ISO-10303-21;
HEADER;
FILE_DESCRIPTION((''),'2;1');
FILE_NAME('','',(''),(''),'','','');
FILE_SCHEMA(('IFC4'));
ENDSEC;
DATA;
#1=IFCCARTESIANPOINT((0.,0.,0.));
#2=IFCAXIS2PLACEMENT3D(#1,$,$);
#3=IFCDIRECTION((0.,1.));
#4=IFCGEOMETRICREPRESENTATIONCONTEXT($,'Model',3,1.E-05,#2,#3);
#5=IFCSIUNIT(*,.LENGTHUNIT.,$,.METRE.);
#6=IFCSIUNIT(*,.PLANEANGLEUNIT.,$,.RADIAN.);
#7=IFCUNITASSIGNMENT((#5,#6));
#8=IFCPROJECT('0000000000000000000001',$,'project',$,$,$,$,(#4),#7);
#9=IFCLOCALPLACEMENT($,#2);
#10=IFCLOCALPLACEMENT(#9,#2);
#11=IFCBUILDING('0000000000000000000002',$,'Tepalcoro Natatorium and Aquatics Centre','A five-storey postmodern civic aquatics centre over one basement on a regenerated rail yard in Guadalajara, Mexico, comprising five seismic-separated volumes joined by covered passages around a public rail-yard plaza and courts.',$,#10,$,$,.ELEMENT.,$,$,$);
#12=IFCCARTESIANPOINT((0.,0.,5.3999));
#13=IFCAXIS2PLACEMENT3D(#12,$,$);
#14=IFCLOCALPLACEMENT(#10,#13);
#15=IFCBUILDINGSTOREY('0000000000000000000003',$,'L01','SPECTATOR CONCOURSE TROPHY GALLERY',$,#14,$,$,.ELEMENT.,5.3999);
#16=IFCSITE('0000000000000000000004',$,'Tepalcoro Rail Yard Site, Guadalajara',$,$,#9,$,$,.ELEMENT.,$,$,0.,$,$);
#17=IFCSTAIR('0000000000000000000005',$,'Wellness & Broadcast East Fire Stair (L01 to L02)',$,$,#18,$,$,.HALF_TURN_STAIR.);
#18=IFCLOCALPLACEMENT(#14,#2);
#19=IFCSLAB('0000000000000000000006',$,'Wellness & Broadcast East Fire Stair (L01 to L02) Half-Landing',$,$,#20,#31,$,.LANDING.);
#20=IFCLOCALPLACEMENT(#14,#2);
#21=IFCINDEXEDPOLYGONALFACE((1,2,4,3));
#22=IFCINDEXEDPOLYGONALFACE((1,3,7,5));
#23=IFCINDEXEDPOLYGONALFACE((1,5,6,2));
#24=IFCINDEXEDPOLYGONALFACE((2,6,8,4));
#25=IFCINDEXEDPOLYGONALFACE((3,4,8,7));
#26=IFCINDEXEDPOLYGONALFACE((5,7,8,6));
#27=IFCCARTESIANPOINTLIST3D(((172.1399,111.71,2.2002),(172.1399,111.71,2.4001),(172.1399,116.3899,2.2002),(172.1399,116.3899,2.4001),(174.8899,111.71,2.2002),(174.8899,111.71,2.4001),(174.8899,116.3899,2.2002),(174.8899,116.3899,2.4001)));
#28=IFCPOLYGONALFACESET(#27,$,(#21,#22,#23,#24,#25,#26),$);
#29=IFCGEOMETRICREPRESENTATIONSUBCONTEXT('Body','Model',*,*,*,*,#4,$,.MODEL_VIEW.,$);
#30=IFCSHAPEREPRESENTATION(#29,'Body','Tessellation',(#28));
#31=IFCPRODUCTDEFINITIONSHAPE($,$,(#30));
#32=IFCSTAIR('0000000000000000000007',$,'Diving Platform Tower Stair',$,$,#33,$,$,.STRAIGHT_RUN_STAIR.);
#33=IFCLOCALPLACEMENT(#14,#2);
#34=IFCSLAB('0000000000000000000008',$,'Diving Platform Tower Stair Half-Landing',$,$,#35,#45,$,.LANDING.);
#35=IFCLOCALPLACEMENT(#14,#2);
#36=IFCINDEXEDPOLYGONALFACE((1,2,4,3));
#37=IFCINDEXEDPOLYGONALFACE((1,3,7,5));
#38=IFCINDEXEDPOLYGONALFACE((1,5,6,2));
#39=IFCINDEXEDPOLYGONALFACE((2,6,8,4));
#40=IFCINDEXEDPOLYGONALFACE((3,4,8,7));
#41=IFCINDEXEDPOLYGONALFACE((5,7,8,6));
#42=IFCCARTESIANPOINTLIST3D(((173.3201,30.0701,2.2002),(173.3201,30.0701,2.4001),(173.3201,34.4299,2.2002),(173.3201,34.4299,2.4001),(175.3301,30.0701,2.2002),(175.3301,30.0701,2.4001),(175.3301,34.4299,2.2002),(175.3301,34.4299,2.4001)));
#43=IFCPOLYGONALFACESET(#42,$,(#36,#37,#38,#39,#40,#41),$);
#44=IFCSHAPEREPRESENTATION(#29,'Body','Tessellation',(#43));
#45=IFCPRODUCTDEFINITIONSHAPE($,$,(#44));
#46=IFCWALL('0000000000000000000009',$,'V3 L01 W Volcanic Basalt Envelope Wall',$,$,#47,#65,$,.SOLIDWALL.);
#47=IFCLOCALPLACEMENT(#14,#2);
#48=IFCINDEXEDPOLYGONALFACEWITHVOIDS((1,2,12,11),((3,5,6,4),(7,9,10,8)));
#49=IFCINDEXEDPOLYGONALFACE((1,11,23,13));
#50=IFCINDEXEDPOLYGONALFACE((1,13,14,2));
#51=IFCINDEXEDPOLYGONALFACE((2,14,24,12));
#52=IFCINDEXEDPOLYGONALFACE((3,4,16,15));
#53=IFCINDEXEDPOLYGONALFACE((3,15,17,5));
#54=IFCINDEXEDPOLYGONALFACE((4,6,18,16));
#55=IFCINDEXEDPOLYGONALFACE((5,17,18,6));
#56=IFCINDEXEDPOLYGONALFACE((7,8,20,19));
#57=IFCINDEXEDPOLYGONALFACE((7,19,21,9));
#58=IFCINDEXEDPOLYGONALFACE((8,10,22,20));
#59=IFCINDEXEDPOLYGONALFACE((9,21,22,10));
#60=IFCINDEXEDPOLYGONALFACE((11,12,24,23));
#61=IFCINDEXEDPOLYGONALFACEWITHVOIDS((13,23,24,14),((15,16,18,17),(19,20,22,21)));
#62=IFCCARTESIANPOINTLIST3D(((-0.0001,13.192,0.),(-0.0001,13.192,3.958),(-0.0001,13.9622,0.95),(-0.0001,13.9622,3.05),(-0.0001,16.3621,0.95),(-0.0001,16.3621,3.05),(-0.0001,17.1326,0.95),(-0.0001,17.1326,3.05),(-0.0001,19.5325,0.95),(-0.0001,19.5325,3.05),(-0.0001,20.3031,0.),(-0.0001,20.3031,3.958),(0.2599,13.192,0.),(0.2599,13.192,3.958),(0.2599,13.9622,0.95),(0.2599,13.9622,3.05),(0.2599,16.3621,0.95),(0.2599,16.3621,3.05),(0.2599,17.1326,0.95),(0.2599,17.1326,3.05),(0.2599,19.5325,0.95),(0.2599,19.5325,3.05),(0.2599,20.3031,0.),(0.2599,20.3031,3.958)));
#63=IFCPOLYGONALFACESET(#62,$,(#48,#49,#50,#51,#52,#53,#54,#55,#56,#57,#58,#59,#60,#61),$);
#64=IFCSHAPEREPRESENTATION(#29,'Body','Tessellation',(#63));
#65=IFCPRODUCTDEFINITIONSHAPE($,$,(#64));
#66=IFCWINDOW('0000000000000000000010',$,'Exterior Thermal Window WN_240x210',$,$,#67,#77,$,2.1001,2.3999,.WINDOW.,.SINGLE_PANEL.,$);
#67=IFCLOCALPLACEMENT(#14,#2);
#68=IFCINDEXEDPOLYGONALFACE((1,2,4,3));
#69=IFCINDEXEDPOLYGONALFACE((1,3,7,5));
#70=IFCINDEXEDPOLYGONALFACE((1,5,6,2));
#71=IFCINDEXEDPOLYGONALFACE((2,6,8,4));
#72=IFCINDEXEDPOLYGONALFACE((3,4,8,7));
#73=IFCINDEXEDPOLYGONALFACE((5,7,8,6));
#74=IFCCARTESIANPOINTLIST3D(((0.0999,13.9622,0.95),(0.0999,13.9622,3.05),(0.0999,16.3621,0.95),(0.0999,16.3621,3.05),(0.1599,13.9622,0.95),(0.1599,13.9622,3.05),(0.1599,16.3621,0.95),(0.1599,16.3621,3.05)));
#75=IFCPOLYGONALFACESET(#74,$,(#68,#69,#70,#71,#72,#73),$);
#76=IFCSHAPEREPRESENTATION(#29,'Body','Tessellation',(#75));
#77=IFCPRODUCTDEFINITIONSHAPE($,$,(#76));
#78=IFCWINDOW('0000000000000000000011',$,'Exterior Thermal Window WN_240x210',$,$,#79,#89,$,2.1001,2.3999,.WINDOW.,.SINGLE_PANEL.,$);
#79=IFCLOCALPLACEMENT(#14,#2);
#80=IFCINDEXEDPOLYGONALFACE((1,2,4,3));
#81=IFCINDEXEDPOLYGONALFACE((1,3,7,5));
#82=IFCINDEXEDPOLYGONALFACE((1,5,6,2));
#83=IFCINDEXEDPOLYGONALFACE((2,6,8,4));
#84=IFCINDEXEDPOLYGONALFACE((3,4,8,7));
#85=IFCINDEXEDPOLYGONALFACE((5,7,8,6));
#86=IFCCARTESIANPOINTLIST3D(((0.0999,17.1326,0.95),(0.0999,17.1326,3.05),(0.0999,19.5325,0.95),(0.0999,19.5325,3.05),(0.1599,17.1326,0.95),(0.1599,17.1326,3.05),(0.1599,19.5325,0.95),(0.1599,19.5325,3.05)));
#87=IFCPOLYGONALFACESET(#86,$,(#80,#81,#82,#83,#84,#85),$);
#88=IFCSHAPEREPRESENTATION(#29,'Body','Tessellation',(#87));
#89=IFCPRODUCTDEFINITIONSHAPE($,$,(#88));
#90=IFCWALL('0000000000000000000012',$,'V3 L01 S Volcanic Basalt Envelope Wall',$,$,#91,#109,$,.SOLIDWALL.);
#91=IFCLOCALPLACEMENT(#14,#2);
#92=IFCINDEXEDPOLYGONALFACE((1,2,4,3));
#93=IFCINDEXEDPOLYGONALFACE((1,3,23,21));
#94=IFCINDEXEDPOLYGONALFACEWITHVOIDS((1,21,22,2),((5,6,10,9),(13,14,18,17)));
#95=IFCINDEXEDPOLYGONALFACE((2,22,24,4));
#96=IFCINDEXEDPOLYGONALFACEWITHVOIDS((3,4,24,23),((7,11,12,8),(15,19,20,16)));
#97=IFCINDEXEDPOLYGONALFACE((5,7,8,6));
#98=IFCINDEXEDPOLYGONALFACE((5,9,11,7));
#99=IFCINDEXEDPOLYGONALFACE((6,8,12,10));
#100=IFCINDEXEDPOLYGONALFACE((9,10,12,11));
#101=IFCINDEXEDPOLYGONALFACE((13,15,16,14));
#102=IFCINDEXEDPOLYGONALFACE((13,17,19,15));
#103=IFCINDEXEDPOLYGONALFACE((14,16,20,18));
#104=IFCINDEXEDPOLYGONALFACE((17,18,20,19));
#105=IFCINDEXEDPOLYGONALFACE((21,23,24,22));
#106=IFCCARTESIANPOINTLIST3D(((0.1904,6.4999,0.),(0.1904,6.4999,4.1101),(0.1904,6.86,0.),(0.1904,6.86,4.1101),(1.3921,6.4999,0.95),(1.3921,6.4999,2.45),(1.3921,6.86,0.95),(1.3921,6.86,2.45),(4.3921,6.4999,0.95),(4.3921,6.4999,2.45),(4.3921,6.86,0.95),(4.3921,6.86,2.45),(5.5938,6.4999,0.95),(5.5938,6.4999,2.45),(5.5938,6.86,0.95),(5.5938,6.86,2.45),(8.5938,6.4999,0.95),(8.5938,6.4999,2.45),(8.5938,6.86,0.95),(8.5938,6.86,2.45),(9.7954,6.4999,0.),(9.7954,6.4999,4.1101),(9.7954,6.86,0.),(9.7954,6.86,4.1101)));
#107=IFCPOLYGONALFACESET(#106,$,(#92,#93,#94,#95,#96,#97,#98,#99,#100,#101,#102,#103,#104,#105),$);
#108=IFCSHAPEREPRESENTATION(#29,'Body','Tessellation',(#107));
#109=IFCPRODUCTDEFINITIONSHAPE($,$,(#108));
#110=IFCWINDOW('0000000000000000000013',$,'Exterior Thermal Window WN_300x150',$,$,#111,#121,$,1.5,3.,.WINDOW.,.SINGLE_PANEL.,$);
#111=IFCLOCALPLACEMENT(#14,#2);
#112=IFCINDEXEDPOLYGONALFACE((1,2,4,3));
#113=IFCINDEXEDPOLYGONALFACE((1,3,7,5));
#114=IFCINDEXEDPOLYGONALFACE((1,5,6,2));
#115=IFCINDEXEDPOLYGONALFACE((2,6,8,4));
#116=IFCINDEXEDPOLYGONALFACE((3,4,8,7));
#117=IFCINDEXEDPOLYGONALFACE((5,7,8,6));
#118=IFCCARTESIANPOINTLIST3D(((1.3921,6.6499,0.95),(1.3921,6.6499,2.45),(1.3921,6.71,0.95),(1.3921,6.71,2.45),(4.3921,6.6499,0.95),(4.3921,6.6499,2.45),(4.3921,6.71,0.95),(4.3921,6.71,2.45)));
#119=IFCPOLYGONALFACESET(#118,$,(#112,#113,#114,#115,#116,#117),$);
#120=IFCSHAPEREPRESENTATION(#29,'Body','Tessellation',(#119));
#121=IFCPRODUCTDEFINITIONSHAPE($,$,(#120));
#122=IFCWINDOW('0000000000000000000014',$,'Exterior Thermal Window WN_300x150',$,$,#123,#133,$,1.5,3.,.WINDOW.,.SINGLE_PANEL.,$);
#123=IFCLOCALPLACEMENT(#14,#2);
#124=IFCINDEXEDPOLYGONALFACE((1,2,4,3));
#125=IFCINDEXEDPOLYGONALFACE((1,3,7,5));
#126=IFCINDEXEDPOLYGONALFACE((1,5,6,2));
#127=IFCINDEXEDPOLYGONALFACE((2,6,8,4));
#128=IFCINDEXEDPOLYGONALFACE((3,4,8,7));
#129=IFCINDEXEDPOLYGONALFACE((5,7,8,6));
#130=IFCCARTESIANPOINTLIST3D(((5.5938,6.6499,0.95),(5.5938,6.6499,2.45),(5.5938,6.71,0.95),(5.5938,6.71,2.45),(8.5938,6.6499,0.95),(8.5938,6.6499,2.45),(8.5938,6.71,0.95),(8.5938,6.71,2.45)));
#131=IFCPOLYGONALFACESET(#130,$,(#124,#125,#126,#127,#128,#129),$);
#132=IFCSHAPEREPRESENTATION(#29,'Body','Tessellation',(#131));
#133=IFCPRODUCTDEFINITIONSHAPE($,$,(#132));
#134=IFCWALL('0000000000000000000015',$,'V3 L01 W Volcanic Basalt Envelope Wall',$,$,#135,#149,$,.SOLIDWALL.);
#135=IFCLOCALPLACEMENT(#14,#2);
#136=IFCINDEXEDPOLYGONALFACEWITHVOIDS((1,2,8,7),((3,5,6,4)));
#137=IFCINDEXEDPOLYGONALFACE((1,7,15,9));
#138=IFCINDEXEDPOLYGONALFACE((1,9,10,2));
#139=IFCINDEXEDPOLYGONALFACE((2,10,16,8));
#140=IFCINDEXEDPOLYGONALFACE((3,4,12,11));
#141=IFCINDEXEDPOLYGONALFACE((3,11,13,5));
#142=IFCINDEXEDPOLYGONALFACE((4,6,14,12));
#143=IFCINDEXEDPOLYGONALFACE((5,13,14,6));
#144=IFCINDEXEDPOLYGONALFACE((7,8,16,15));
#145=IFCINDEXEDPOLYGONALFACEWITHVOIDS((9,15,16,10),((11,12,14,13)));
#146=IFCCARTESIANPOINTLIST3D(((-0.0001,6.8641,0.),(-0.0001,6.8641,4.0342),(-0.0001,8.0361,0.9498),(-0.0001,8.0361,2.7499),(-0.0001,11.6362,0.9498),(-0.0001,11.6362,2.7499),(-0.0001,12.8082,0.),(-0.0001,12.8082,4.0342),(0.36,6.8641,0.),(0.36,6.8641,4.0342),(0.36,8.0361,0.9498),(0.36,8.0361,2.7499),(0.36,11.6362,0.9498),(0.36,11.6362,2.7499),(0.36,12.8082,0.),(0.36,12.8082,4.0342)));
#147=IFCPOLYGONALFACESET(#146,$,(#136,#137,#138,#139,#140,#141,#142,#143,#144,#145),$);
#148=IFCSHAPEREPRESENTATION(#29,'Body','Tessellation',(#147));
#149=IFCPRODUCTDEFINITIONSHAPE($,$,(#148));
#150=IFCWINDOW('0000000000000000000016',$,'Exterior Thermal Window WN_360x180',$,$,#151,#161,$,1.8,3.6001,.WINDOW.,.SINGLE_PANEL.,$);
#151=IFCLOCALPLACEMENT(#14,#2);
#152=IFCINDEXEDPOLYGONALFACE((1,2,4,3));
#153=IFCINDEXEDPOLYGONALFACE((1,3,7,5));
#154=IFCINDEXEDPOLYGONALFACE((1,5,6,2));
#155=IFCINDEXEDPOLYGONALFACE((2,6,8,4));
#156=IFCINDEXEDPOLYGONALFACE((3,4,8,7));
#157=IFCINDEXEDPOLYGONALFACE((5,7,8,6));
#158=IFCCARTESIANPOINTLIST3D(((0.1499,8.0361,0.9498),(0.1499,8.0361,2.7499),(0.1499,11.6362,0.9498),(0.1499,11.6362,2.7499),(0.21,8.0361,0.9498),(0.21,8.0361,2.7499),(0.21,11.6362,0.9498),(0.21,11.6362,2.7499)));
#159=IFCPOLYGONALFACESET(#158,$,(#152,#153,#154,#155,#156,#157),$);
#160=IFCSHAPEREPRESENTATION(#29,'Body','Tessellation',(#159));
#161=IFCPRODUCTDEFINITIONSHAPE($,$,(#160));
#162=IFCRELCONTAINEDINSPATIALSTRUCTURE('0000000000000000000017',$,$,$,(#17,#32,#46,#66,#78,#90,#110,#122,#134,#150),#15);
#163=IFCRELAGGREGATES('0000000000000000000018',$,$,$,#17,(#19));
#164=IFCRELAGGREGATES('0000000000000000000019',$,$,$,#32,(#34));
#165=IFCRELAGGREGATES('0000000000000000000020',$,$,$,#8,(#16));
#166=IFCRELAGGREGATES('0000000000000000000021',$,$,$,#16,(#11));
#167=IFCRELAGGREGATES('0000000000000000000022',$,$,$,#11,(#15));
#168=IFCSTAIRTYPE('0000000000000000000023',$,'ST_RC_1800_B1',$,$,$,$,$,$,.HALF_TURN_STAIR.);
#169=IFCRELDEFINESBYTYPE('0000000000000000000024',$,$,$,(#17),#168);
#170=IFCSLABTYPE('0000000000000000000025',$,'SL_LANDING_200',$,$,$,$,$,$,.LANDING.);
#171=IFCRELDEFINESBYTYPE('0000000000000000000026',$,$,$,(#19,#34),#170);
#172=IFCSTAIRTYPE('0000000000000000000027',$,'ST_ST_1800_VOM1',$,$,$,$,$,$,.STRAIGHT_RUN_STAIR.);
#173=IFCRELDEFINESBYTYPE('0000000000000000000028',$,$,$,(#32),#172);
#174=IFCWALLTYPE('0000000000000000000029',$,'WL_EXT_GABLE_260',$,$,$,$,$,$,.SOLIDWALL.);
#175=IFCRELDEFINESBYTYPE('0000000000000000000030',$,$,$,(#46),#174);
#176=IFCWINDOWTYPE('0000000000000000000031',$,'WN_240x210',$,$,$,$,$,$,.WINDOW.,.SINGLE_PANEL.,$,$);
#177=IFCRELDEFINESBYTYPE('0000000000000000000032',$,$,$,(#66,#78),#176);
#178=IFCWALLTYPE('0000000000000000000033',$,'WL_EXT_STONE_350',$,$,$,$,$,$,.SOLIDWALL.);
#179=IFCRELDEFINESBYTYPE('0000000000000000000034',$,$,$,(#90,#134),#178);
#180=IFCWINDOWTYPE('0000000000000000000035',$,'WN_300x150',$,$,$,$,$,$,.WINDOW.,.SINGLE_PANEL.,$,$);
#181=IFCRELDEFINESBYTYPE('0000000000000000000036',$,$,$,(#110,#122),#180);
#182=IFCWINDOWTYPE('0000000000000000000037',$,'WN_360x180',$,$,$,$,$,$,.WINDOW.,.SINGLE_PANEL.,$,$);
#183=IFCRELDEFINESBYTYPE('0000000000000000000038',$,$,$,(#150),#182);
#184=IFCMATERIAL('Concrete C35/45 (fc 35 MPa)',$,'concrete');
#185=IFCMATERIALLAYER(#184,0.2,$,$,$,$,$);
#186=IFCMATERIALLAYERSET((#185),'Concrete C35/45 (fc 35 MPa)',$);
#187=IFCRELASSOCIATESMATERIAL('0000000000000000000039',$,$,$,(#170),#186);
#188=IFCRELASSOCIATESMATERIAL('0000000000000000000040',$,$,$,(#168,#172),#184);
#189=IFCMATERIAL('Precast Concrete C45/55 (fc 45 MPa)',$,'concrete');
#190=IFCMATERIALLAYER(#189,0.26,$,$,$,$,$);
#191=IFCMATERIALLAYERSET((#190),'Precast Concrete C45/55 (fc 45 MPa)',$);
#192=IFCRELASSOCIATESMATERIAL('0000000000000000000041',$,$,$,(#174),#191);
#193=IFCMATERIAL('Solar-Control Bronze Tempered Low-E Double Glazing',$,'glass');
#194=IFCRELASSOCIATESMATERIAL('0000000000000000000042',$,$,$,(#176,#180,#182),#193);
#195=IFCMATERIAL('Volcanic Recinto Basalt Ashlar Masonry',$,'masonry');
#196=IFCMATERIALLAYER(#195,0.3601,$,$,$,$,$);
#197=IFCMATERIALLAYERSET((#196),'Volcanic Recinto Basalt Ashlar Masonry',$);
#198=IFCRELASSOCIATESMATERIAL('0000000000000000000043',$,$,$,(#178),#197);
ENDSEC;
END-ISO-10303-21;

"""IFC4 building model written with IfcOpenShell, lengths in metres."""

from ifc_helpers import new_model, si_unit, direction, frame, frame_2d, origin, place, context, subcontext, project, spatial, polyline, rectangle, outline, extrude, material, layer, layer_set, type_object, element, fill, aggregate, save


model = new_model("IFC4")

# Units and contexts
model_context = context("Model", 3, precision=1e-05, world=origin(), true_north=direction((0.0, 1.0)))
body_context = subcontext(model_context, "Body", "Model", "MODEL_VIEW")
ifc_project = project(units=[si_unit("LENGTHUNIT", "METRE"), si_unit("PLANEANGLEUNIT", "RADIAN")], contexts=[model_context])

# Site, building, storey
site_placement = place(None, origin())
site = spatial("IfcSite", under=ifc_project, at=site_placement, Name="Tepalcoro Rail Yard Site, Guadalajara", CompositionType="ELEMENT", RefElevation=0.0)
building_placement = place(site_placement, origin())
building = spatial("IfcBuilding", under=site, at=building_placement, Name="Tepalcoro Natatorium and Aquatics Centre", Description="A five-storey postmodern civic aquatics centre over one basement on a regenerated rail yard in Guadalajara, Mexico, comprising five seismic-separated volumes joined by covered passages around a public rail-yard plaza and courts.", CompositionType="ELEMENT")
storey_placement = place(building_placement, frame((0.0, 0.0, 5.3999)))
storey = spatial("IfcBuildingStorey", under=building, at=storey_placement, Name="L01", Description="SPECTATOR CONCOURSE TROPHY GALLERY", CompositionType="ELEMENT", Elevation=5.3999)

# Stairs, slabs
ifc_material_1 = material(Name="Concrete C35/45 (fc 35 MPa)", Category="concrete")
ifc_layer_1 = layer(ifc_material_1, 0.2)
ifc_layer_set_1 = layer_set([ifc_layer_1], Name="Concrete C35/45 (fc 35 MPa)")
slab_type = type_object("IfcSlabType", Name="SL_LANDING_200", PredefinedType="LANDING", material=ifc_layer_set_1)
stair_type_1 = type_object("IfcStairType", Name="ST_RC_1800_B1", PredefinedType="HALF_TURN_STAIR", material=ifc_material_1)
stair_1_placement = place(storey_placement, origin())
stair_1 = element("IfcStair", 1, at=stair_1_placement, inside=storey, type_object=stair_type_1, Name="Wellness & Broadcast East Fire Stair (L01 to L02)", PredefinedType="HALF_TURN_STAIR")
slab_1_placement = place(storey_placement, frame((0.0, 0.0, 2.2002)))
slab_1 = element("IfcSlab", 2, at=slab_1_placement, type_object=slab_type, Name="Wellness & Broadcast East Fire Stair (L01 to L02) Half-Landing", PredefinedType="LANDING", context=body_context, shape_type="SweptSolid", body=[
    extrude(outline(polyline([(172.1399, 111.71), (174.8899, 111.71), (174.8899, 116.3899), (172.1399, 116.3899), (172.1399, 111.71)])), origin(), (0.0, 0.0, 1.0), 0.2),
])
aggregate(stair_1, [slab_1])
stair_type_2 = type_object("IfcStairType", Name="ST_ST_1800_VOM1", PredefinedType="STRAIGHT_RUN_STAIR", material=ifc_material_1)
stair_2_placement = place(storey_placement, origin())
stair_2 = element("IfcStair", 3, at=stair_2_placement, inside=storey, type_object=stair_type_2, Name="Diving Platform Tower Stair", PredefinedType="STRAIGHT_RUN_STAIR")
slab_2_placement = place(storey_placement, frame((0.0, 0.0, 2.2002)))
slab_2 = element("IfcSlab", 4, at=slab_2_placement, type_object=slab_type, Name="Diving Platform Tower Stair Half-Landing", PredefinedType="LANDING", context=body_context, shape_type="SweptSolid", body=[
    extrude(outline(polyline([(173.3201, 30.0701), (175.3301, 30.0701), (175.3301, 34.4299), (173.3201, 34.4299), (173.3201, 30.0701)])), origin(), (0.0, 0.0, 1.0), 0.2),
])
aggregate(stair_2, [slab_2])

# Walls, openings, windows
ifc_material_2 = material(Name="Precast Concrete C45/55 (fc 45 MPa)", Category="concrete")
ifc_layer_2 = layer(ifc_material_2, 0.26)
ifc_layer_set_2 = layer_set([ifc_layer_2], Name="Precast Concrete C45/55 (fc 45 MPa)")
wall_type_1 = type_object("IfcWallType", Name="WL_EXT_GABLE_260", PredefinedType="SOLIDWALL", material=ifc_layer_set_2)
wall_1_placement = place(storey_placement, frame((0.1299, 13.1919, 0.0), z_axis=(0.0, 0.0, 1.0), x_axis=(0.0, 1.0, 0.0)))
wall_1 = element("IfcWall", 5, at=wall_1_placement, inside=storey, type_object=wall_type_1, Name="V3 L01 W Volcanic Basalt Envelope Wall", PredefinedType="SOLIDWALL", context=body_context, shape_type="SweptSolid", body=[
    extrude(rectangle(XDim=7.1111, YDim=0.26, at=frame_2d((3.5557, 0.0))), origin(), (0.0, 0.0, 1.0), 3.958),
])
opening_1_placement = place(wall_1_placement, frame((0.7703, 0.0, 0.95)))
opening_1 = element("IfcOpeningElement", 6, at=opening_1_placement, cuts=wall_1, PredefinedType="OPENING", context=body_context, shape_type="SweptSolid", body=[
    extrude(rectangle(XDim=2.3999, YDim=2.1001, at=frame_2d((1.2, 1.05))), frame((0.0, 0.1421, 0.0), z_axis=(0.0, -1.0, 0.0), x_axis=(1.0, 0.0, 0.0)), (0.0, 0.0, 1.0), 0.2839),
])
opening_2_placement = place(wall_1_placement, frame((3.9407, 0.0, 0.95)))
opening_2 = element("IfcOpeningElement", 7, at=opening_2_placement, cuts=wall_1, PredefinedType="OPENING", context=body_context, shape_type="SweptSolid", body=[
    extrude(rectangle(XDim=2.3999, YDim=2.1001, at=frame_2d((1.2, 1.05))), frame((0.0, 0.1421, 0.0), z_axis=(0.0, -1.0, 0.0), x_axis=(1.0, 0.0, 0.0)), (0.0, 0.0, 1.0), 0.2839),
])
ifc_material_3 = material(Name="Solar-Control Bronze Tempered Low-E Double Glazing", Category="glass")
window_type_1 = type_object("IfcWindowType", Name="WN_240x210", PartitioningType="SINGLE_PANEL", PredefinedType="WINDOW", material=ifc_material_3)
window_1_placement = place(opening_1_placement, origin())
window_1 = element("IfcWindow", 8, at=window_1_placement, inside=storey, type_object=window_type_1, Name="Exterior Thermal Window WN_240x210", OverallHeight=2.1001, OverallWidth=2.3999, PartitioningType="SINGLE_PANEL", PredefinedType="WINDOW", context=body_context, shape_type="SweptSolid", body=[
    extrude(rectangle(XDim=2.3999, YDim=2.1001, at=frame_2d((1.2, 1.05))), frame((0.0, 0.03, 0.0), z_axis=(0.0, -1.0, 0.0), x_axis=(1.0, 0.0, 0.0)), (0.0, 0.0, 1.0), 0.0601),
])
fill(opening_1, window_1)
window_2_placement = place(opening_2_placement, origin())
window_2 = element("IfcWindow", 9, at=window_2_placement, inside=storey, type_object=window_type_1, Name="Exterior Thermal Window WN_240x210", OverallHeight=2.1001, OverallWidth=2.3999, PartitioningType="SINGLE_PANEL", PredefinedType="WINDOW", context=body_context, shape_type="SweptSolid", body=[
    extrude(rectangle(XDim=2.3999, YDim=2.1001, at=frame_2d((1.2, 1.05))), frame((0.0, 0.03, 0.0), z_axis=(0.0, -1.0, 0.0), x_axis=(1.0, 0.0, 0.0)), (0.0, 0.0, 1.0), 0.0601),
])
fill(opening_2, window_2)
ifc_material_4 = material(Name="Volcanic Recinto Basalt Ashlar Masonry", Category="masonry")
ifc_layer_3 = layer(ifc_material_4, 0.3601)
ifc_layer_set_3 = layer_set([ifc_layer_3], Name="Volcanic Recinto Basalt Ashlar Masonry")
wall_type_2 = type_object("IfcWallType", Name="WL_EXT_STONE_350", PredefinedType="SOLIDWALL", material=ifc_layer_set_3)
wall_2_placement = place(storey_placement, frame((0.1904, 6.6799, 0.0), z_axis=(0.0, 0.0, 1.0), x_axis=(1.0, 0.0, 0.0)))
wall_2 = element("IfcWall", 10, at=wall_2_placement, inside=storey, type_object=wall_type_2, Name="V3 L01 S Volcanic Basalt Envelope Wall", PredefinedType="SOLIDWALL", context=body_context, shape_type="SweptSolid", body=[
    extrude(rectangle(XDim=9.605, YDim=0.3601, at=frame_2d((4.8025, 0.0))), origin(), (0.0, 0.0, 1.0), 4.1101),
])
opening_3_placement = place(wall_2_placement, frame((1.2017, 0.0, 0.95)))
opening_3 = element("IfcOpeningElement", 11, at=opening_3_placement, cuts=wall_2, PredefinedType="OPENING", context=body_context, shape_type="SweptSolid", body=[
    extrude(rectangle(XDim=3.0, YDim=1.5, at=frame_2d((1.5, 0.75))), frame((0.0, 0.1919, 0.0), z_axis=(0.0, -1.0, 0.0), x_axis=(1.0, 0.0, 0.0)), (0.0, 0.0, 1.0), 0.384),
])
opening_4_placement = place(wall_2_placement, frame((5.4033, 0.0, 0.95)))
opening_4 = element("IfcOpeningElement", 12, at=opening_4_placement, cuts=wall_2, PredefinedType="OPENING", context=body_context, shape_type="SweptSolid", body=[
    extrude(rectangle(XDim=3.0, YDim=1.5, at=frame_2d((1.5, 0.75))), frame((0.0, 0.1919, 0.0), z_axis=(0.0, -1.0, 0.0), x_axis=(1.0, 0.0, 0.0)), (0.0, 0.0, 1.0), 0.384),
])
window_type_2 = type_object("IfcWindowType", Name="WN_300x150", PartitioningType="SINGLE_PANEL", PredefinedType="WINDOW", material=ifc_material_3)
window_3_placement = place(opening_3_placement, origin())
window_3 = element("IfcWindow", 13, at=window_3_placement, inside=storey, type_object=window_type_2, Name="Exterior Thermal Window WN_300x150", OverallHeight=1.5, OverallWidth=3.0, PartitioningType="SINGLE_PANEL", PredefinedType="WINDOW", context=body_context, shape_type="SweptSolid", body=[
    extrude(rectangle(XDim=3.0, YDim=1.5, at=frame_2d((1.5, 0.75))), frame((0.0, 0.03, 0.0), z_axis=(0.0, -1.0, 0.0), x_axis=(1.0, 0.0, 0.0)), (0.0, 0.0, 1.0), 0.0601),
])
fill(opening_3, window_3)
window_4_placement = place(opening_4_placement, origin())
window_4 = element("IfcWindow", 14, at=window_4_placement, inside=storey, type_object=window_type_2, Name="Exterior Thermal Window WN_300x150", OverallHeight=1.5, OverallWidth=3.0, PartitioningType="SINGLE_PANEL", PredefinedType="WINDOW", context=body_context, shape_type="SweptSolid", body=[
    extrude(rectangle(XDim=3.0, YDim=1.5, at=frame_2d((1.5, 0.75))), frame((0.0, 0.03, 0.0), z_axis=(0.0, -1.0, 0.0), x_axis=(1.0, 0.0, 0.0)), (0.0, 0.0, 1.0), 0.0601),
])
fill(opening_4, window_4)

# Wall, opening, window
wall_3_placement = place(storey_placement, frame((0.1799, 6.864, 0.0), z_axis=(0.0, 0.0, 1.0), x_axis=(0.0, 1.0, 0.0)))
wall_3 = element("IfcWall", 15, at=wall_3_placement, inside=storey, type_object=wall_type_2, Name="V3 L01 W Volcanic Basalt Envelope Wall", PredefinedType="SOLIDWALL", context=body_context, shape_type="SweptSolid", body=[
    extrude(rectangle(XDim=5.9441, YDim=0.3601, at=frame_2d((2.9722, 0.0))), origin(), (0.0, 0.0, 1.0), 4.0342),
])
opening_5_placement = place(wall_3_placement, frame((1.1721, 0.0, 0.95)))
opening_5 = element("IfcOpeningElement", 16, at=opening_5_placement, cuts=wall_3, PredefinedType="OPENING", context=body_context, shape_type="SweptSolid", body=[
    extrude(rectangle(XDim=3.6001, YDim=1.8, at=frame_2d((1.8, 0.8999))), frame((0.0, 0.1919, 0.0), z_axis=(0.0, -1.0, 0.0), x_axis=(1.0, 0.0, 0.0)), (0.0, 0.0, 1.0), 0.384),
])
window_type_3 = type_object("IfcWindowType", Name="WN_360x180", PartitioningType="SINGLE_PANEL", PredefinedType="WINDOW", material=ifc_material_3)
window_5_placement = place(opening_5_placement, origin())
window_5 = element("IfcWindow", 17, at=window_5_placement, inside=storey, type_object=window_type_3, Name="Exterior Thermal Window WN_360x180", OverallHeight=1.8, OverallWidth=3.6001, PartitioningType="SINGLE_PANEL", PredefinedType="WINDOW", context=body_context, shape_type="SweptSolid", body=[
    extrude(rectangle(XDim=3.6001, YDim=1.8, at=frame_2d((1.8, 0.8999))), frame((0.0, 0.03, 0.0), z_axis=(0.0, -1.0, 0.0), x_axis=(1.0, 0.0, 0.0)), (0.0, 0.0, 1.0), 0.0601),
])
fill(opening_5, window_5)

save(model, "model.ifc")
